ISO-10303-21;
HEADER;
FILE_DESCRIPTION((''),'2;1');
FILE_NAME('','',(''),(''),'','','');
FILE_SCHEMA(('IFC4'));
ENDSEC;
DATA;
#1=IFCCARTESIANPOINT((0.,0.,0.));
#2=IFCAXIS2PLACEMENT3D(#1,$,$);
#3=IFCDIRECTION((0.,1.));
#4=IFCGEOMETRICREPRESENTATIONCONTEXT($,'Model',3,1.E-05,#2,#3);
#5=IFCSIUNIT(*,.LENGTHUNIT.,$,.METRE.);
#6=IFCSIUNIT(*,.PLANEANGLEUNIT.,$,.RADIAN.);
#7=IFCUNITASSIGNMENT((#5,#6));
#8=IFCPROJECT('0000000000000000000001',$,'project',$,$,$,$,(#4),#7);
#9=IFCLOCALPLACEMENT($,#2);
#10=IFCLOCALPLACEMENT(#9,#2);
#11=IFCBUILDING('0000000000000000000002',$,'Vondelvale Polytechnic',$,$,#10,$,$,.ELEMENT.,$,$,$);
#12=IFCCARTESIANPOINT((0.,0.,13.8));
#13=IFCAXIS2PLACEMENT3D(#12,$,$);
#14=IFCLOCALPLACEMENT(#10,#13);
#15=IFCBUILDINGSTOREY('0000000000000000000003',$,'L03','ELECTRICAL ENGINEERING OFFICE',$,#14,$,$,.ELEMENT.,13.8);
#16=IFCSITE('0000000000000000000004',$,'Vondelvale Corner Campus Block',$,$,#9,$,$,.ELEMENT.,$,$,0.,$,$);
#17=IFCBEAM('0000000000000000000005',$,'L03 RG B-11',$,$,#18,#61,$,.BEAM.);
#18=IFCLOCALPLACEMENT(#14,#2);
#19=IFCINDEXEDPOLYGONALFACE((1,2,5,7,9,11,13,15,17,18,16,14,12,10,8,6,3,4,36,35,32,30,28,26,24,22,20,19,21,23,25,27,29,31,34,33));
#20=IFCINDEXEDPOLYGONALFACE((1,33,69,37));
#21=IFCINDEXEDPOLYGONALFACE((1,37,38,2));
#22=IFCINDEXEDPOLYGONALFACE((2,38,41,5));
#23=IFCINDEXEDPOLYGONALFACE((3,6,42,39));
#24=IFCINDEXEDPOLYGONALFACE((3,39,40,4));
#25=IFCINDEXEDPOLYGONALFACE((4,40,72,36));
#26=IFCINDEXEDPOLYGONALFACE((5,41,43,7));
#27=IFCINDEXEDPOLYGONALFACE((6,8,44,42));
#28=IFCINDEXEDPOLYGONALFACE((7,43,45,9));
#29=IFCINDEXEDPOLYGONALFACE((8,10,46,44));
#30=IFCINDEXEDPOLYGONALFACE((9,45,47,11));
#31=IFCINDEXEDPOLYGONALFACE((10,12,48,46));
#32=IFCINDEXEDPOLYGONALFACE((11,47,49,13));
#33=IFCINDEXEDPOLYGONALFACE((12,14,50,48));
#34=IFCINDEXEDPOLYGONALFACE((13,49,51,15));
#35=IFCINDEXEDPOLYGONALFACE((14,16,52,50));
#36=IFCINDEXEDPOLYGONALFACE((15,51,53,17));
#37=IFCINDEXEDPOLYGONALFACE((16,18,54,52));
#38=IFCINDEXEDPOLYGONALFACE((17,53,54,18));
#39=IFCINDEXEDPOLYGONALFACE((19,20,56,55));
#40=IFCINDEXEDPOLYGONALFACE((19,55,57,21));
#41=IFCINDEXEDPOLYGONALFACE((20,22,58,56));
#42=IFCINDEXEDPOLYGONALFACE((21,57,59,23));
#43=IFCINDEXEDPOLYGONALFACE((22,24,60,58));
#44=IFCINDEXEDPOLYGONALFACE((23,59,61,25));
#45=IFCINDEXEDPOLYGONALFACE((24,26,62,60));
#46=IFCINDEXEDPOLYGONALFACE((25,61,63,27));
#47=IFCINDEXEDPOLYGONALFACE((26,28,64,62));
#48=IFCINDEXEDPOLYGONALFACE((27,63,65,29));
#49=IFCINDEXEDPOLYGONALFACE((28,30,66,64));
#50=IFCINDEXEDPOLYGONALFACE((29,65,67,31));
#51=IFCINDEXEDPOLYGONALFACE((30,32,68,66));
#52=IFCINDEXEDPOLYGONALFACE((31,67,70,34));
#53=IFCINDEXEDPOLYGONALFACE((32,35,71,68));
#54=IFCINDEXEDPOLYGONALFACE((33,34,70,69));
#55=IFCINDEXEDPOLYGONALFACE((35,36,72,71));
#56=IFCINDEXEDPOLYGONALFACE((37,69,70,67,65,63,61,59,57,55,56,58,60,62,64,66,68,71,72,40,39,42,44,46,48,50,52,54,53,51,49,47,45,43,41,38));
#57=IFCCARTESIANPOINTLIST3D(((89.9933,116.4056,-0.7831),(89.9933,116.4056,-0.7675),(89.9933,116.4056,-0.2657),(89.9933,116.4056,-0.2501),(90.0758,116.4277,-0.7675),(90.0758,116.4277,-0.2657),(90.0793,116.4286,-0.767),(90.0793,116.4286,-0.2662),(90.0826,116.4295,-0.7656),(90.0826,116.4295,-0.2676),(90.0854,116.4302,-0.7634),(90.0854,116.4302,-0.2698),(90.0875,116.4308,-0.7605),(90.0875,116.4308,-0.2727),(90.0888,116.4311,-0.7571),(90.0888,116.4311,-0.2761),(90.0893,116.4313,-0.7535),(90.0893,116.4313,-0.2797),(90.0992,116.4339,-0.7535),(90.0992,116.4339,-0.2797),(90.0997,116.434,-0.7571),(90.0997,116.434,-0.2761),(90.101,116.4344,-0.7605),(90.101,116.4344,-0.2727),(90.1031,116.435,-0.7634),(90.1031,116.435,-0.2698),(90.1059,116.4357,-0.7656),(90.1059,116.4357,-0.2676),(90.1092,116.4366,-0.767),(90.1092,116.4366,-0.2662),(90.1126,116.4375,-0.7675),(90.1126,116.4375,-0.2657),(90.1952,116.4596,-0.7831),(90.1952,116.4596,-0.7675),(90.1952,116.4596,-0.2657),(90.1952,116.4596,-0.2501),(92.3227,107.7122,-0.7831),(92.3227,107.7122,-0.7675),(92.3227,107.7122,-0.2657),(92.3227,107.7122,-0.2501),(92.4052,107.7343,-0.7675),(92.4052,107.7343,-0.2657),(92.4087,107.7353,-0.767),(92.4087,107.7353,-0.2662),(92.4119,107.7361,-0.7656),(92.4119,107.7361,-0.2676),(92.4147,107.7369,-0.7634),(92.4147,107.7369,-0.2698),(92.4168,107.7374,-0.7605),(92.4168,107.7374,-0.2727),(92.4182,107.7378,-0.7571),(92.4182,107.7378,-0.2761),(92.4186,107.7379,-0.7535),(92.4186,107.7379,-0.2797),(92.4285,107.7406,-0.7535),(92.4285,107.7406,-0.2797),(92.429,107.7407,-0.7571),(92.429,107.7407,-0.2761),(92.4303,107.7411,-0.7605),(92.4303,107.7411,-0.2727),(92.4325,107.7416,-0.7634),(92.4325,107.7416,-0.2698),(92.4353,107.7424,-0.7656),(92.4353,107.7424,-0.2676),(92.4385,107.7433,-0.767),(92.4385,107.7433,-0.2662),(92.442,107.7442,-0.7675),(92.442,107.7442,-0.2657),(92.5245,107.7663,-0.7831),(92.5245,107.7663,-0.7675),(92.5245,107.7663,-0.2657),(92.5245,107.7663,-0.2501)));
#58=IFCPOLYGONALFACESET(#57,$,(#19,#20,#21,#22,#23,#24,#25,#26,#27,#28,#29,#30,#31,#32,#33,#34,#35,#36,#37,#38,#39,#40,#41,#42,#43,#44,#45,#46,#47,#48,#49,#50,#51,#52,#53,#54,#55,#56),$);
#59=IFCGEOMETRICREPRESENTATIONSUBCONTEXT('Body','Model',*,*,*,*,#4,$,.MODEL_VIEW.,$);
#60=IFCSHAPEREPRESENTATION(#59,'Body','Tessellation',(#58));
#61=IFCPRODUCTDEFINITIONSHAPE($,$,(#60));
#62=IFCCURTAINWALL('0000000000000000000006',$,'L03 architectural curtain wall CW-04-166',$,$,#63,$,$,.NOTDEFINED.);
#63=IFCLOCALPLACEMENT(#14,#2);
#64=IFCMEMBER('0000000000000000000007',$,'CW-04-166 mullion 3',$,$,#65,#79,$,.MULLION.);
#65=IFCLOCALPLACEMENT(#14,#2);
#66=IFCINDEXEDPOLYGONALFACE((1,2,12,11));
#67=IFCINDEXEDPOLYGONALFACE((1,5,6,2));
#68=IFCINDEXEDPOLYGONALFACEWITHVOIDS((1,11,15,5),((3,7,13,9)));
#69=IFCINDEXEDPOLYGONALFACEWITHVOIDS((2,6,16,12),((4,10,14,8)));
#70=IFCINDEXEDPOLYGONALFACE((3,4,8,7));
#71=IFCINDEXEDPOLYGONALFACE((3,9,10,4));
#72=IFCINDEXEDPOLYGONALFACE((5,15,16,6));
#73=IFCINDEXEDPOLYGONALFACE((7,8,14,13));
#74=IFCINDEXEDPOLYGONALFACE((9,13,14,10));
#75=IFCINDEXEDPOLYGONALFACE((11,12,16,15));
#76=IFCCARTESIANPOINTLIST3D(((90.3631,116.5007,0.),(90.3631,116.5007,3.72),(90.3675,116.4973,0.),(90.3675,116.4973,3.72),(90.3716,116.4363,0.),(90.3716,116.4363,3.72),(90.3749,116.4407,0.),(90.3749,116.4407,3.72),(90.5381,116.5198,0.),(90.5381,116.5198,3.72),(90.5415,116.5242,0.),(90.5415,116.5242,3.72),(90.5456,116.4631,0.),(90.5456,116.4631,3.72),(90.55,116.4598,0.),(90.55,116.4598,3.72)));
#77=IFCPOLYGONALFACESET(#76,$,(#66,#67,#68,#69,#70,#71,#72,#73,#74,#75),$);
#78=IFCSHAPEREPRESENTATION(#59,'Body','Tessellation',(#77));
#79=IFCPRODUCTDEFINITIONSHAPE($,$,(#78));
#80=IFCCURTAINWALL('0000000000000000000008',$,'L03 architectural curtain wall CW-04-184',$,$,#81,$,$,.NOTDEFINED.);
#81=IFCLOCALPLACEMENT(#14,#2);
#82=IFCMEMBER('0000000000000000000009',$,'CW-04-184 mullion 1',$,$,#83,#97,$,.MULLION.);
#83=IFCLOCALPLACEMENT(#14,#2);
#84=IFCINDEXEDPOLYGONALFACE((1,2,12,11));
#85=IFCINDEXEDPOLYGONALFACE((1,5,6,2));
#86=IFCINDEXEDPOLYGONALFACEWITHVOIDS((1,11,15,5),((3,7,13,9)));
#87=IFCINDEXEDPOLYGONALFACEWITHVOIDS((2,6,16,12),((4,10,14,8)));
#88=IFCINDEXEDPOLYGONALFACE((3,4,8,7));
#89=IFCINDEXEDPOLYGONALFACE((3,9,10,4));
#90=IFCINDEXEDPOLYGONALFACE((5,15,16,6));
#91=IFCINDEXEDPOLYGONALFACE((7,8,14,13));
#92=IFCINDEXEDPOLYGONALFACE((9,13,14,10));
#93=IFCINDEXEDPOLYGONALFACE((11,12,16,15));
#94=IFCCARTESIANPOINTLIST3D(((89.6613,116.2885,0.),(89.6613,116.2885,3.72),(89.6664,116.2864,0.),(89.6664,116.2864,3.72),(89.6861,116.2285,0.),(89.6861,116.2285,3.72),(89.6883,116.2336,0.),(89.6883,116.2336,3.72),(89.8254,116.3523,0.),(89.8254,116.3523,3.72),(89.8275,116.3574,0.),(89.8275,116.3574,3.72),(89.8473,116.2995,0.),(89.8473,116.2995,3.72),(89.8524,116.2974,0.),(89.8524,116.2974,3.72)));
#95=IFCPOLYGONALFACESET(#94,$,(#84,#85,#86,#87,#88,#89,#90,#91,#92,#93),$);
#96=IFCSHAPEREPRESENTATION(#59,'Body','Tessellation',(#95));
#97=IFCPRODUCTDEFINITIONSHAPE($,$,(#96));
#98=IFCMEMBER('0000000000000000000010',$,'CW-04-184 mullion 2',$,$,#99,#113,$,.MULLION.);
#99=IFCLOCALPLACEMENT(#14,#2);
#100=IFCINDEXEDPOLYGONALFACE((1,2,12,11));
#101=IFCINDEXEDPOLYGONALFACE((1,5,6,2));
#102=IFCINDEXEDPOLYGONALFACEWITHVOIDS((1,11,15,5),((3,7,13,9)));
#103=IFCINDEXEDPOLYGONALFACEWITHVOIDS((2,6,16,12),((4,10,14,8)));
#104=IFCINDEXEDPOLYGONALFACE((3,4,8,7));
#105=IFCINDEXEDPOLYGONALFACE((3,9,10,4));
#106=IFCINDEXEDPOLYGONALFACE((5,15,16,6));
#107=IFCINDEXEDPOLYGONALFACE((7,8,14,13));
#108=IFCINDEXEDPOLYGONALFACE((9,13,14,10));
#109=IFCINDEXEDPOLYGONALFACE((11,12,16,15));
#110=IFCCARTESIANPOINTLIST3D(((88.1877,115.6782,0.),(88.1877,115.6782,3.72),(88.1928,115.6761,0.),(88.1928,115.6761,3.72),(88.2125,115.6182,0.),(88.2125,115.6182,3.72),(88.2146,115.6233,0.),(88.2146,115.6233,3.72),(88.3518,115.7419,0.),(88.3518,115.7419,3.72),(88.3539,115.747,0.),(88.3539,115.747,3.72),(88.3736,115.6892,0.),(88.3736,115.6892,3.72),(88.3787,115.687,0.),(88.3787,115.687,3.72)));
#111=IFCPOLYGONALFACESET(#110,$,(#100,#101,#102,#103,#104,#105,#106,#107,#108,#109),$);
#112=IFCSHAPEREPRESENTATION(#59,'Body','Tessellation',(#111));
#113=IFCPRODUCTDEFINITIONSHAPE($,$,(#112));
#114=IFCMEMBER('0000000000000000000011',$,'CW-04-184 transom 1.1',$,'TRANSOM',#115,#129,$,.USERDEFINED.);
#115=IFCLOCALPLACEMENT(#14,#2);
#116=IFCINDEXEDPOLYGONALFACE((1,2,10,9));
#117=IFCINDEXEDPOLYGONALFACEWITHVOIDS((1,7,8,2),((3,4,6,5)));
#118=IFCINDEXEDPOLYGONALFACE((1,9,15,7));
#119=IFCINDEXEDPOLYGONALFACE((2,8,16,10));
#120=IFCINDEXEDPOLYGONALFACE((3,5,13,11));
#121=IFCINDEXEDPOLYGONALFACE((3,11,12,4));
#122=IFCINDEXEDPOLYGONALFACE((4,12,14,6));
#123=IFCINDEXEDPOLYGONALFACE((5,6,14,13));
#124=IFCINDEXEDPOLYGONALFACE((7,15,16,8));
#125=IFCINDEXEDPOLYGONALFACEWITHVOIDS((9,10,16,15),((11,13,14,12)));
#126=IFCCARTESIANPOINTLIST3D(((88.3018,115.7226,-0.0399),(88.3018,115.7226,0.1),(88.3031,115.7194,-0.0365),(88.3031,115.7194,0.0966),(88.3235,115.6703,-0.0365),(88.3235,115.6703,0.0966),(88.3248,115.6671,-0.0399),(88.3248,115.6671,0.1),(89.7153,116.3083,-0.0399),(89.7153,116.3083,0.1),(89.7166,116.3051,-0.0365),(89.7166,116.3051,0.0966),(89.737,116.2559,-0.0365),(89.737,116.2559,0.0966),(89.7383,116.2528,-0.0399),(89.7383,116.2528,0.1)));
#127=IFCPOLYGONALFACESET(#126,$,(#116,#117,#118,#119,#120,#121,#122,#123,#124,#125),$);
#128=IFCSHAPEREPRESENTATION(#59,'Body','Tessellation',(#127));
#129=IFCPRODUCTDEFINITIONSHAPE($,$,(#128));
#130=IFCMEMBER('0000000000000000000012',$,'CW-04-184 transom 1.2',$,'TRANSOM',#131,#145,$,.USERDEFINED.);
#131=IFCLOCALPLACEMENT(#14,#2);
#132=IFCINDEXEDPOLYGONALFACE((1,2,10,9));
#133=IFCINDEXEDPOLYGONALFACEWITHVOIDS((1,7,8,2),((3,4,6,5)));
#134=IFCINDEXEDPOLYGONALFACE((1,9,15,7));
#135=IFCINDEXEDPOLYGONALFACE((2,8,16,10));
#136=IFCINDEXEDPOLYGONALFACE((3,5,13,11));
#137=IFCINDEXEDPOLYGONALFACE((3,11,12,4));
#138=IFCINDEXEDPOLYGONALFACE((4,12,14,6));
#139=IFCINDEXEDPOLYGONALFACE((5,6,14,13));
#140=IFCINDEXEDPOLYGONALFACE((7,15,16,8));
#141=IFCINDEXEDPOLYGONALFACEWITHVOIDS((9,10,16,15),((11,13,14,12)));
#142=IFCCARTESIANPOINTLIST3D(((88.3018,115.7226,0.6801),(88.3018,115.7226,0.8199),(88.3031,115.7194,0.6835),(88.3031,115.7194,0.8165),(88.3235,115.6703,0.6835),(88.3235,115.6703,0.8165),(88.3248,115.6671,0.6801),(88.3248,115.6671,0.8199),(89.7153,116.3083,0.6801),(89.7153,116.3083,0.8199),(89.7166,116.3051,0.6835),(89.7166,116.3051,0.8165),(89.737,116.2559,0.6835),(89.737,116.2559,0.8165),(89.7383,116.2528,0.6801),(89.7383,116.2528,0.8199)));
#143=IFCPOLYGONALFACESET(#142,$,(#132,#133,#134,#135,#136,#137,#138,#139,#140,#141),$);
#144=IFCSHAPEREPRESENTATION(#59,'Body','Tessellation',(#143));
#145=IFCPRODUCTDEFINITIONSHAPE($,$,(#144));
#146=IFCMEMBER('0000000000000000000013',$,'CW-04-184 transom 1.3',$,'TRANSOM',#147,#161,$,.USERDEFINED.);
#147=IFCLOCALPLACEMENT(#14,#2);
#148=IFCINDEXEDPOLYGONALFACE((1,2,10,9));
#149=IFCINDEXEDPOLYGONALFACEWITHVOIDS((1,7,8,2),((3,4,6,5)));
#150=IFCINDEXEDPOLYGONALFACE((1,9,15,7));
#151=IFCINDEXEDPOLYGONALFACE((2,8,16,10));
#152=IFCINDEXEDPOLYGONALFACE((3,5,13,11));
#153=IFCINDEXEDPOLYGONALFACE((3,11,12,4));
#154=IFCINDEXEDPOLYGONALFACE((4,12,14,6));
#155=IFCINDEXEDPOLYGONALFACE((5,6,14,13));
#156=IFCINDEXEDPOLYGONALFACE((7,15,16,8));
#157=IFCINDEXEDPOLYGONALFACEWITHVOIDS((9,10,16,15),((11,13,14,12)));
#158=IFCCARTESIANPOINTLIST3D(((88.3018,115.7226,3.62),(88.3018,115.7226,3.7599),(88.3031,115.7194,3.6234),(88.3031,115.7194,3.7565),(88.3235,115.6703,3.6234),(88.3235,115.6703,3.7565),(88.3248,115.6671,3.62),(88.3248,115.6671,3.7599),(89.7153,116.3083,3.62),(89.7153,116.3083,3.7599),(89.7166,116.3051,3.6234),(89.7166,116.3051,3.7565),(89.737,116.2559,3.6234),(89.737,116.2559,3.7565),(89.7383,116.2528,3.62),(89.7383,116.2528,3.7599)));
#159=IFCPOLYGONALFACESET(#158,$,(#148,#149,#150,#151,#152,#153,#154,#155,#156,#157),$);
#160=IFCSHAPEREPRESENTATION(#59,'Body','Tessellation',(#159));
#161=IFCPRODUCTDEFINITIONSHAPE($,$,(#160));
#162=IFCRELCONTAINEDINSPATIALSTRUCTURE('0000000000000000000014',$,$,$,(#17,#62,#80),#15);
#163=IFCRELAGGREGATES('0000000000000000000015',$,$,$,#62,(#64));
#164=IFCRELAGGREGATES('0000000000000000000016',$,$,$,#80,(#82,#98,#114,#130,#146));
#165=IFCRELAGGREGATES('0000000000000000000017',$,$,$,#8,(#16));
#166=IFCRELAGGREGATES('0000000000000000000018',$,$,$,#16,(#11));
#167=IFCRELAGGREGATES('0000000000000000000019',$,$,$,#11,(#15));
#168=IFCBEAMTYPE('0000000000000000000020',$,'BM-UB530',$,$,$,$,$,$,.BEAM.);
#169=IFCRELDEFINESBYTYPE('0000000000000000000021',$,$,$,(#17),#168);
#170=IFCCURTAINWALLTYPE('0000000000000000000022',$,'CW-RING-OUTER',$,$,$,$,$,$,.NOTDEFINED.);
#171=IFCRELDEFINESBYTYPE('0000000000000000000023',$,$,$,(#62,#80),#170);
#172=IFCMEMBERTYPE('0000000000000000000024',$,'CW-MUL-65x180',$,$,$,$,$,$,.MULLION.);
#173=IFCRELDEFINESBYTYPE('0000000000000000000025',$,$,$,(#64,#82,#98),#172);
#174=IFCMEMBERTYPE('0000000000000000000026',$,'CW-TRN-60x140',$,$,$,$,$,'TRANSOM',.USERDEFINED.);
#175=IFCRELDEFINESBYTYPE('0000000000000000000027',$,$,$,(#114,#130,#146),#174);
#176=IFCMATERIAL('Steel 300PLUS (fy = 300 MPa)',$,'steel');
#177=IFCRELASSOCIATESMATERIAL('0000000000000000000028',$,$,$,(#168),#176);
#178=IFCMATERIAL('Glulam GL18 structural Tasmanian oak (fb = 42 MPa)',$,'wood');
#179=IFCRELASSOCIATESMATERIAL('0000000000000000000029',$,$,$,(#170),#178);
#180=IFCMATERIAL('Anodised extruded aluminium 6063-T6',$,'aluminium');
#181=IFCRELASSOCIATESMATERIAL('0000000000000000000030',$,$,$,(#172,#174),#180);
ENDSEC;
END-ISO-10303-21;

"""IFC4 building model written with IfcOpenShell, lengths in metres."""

from ifc_helpers import new_model, si_unit, direction, frame, origin, origin_2d, place, context, subcontext, project, spatial, hollow_rectangle, i_section, extrude, material, material_profile, profile_set, type_object, element, aggregate, save


model = new_model("IFC4")

# Units and contexts
model_context = context("Model", 3, precision=1e-05, world=origin(), true_north=direction((0.0, 1.0)))
body_context = subcontext(model_context, "Body", "Model", "MODEL_VIEW")
ifc_project = project(units=[si_unit("LENGTHUNIT", "METRE"), si_unit("PLANEANGLEUNIT", "RADIAN")], contexts=[model_context])

# Site, building, storey
site_placement = place(None, origin())
site = spatial("IfcSite", under=ifc_project, at=site_placement, Name="Vondelvale Corner Campus Block", CompositionType="ELEMENT", RefElevation=0.0)
building_placement = place(site_placement, origin())
building = spatial("IfcBuilding", under=site, at=building_placement, Name="Vondelvale Polytechnic", CompositionType="ELEMENT")
storey_placement = place(building_placement, frame((0.0, 0.0, 13.8)))
storey = spatial("IfcBuildingStorey", under=building, at=storey_placement, Name="L03", Description="ELECTRICAL ENGINEERING OFFICE", CompositionType="ELEMENT", Elevation=13.8)

# Shared definitions
ifc_material_1 = material(Name="Steel 300PLUS (fy = 300 MPa)", Category="steel")

# Beam
ifc_material_profile_1 = material_profile(ifc_material_1, i_section(OverallWidth=0.209, OverallDepth=0.533, WebThickness=0.0103, FlangeThickness=0.0156, FilletRadius=0.0139, at=origin_2d()), Name="530UB92.4")
ifc_profile_set_1 = profile_set([ifc_material_profile_1], Name="Steel 300PLUS (fy = 300 MPa)")
beam_type_1 = type_object("IfcBeamType", Name="BM-UB530", PredefinedType="BEAM", material=ifc_profile_set_1)
beam_1_placement = place(storey_placement, frame((92.4236, 107.7393, -0.5166), z_axis=(-0.258816, 0.965927, 0.0), x_axis=(-0.965927, -0.258816, 0.0)))
element("IfcBeam", 1, at=beam_1_placement, inside=storey, type_object=beam_type_1, Name="L03 RG B-11", PredefinedType="BEAM", context=body_context, shape_type="SweptSolid", body=[
    extrude(i_section(OverallWidth=0.209, OverallDepth=0.533, WebThickness=0.0103, FlangeThickness=0.0156, FilletRadius=0.0139, at=origin_2d()), origin(), (0.0, 0.0, 1.0), 9.0),
])

# Curtain wall, member
ifc_material_2 = material(Name="Glulam GL18 structural Tasmanian oak (fb = 42 MPa)", Category="wood")
curtain_wall_type = type_object("IfcCurtainWallType", Name="CW-RING-OUTER", PredefinedType="NOTDEFINED", material=ifc_material_2)
curtain_wall_1_placement = place(storey_placement, origin())
curtain_wall_1 = element("IfcCurtainWall", 2, at=curtain_wall_1_placement, inside=storey, type_object=curtain_wall_type, Name="L03 architectural curtain wall CW-04-166", PredefinedType="NOTDEFINED")
ifc_material_3 = material(Name="Anodised extruded aluminium 6063-T6", Category="aluminium")
ifc_material_profile_2 = material_profile(ifc_material_3, hollow_rectangle(XDim=0.0649, YDim=0.1799, WallThickness=0.0039, at=origin_2d()), Name="CW-MUL-180x65")
ifc_profile_set_2 = profile_set([ifc_material_profile_2], Name="Anodised extruded aluminium 6063-T6")
member_type_1 = type_object("IfcMemberType", Name="CW-MUL-65x180", PredefinedType="MULLION", material=ifc_profile_set_2)
member_1_placement = place(storey_placement, frame((90.4565, 116.4802, 0.0), z_axis=(0.0, 0.0, 1.0), x_axis=(0.13054, -0.991443, 0.0)))
member_1 = element("IfcMember", 3, at=member_1_placement, type_object=member_type_1, Name="CW-04-166 mullion 3", PredefinedType="MULLION", context=body_context, shape_type="SweptSolid", body=[
    extrude(hollow_rectangle(XDim=0.0649, YDim=0.1799, WallThickness=0.0039, at=origin_2d()), origin(), (0.0, 0.0, 1.0), 3.72),
])

# Curtain wall, members
curtain_wall_2_placement = place(storey_placement, origin())
curtain_wall_2 = element("IfcCurtainWall", 4, at=curtain_wall_2_placement, inside=storey, type_object=curtain_wall_type, Name="L03 architectural curtain wall CW-04-184", PredefinedType="NOTDEFINED")
member_2_placement = place(storey_placement, frame((89.7568, 116.293, 0.0), z_axis=(0.0, 0.0, 1.0), x_axis=(0.382677, -0.923882, 0.0)))
member_2 = element("IfcMember", 5, at=member_2_placement, type_object=member_type_1, Name="CW-04-184 mullion 1", PredefinedType="MULLION", context=body_context, shape_type="SweptSolid", body=[
    extrude(hollow_rectangle(XDim=0.0649, YDim=0.1799, WallThickness=0.0039, at=origin_2d()), origin(), (0.0, 0.0, 1.0), 3.72),
])
member_3_placement = place(storey_placement, frame((88.2832, 115.6826, 0.0), z_axis=(0.0, 0.0, 1.0), x_axis=(0.382677, -0.923882, 0.0)))
member_3 = element("IfcMember", 6, at=member_3_placement, type_object=member_type_1, Name="CW-04-184 mullion 2", PredefinedType="MULLION", context=body_context, shape_type="SweptSolid", body=[
    extrude(hollow_rectangle(XDim=0.0649, YDim=0.1799, WallThickness=0.0039, at=origin_2d()), origin(), (0.0, 0.0, 1.0), 3.72),
])
ifc_material_profile_3 = material_profile(ifc_material_3, hollow_rectangle(XDim=0.0601, YDim=0.1399, WallThickness=0.0034, at=origin_2d()), Name="CW-TRN-140x60")
ifc_profile_set_3 = profile_set([ifc_material_profile_3], Name="Anodised extruded aluminium 6063-T6")
member_type_2 = type_object("IfcMemberType", Name="CW-TRN-60x140", ElementType="TRANSOM", PredefinedType="USERDEFINED", material=ifc_profile_set_3)
member_4_placement = place(storey_placement, frame((89.7268, 116.2805, 0.03), z_axis=(-0.92384, -0.382779, 0.0), x_axis=(0.382779, -0.92384, 0.0)))
member_4 = element("IfcMember", 7, at=member_4_placement, type_object=member_type_2, Name="CW-04-184 transom 1.1", ObjectType="TRANSOM", PredefinedType="USERDEFINED", context=body_context, shape_type="SweptSolid", body=[
    extrude(hollow_rectangle(XDim=0.0601, YDim=0.1399, WallThickness=0.0034, at=origin_2d()), origin(), (0.0, 0.0, 1.0), 1.53),
])
member_5_placement = place(storey_placement, frame((89.7268, 116.2805, 0.75), z_axis=(-0.92384, -0.382779, 0.0), x_axis=(0.382779, -0.92384, 0.0)))
member_5 = element("IfcMember", 8, at=member_5_placement, type_object=member_type_2, Name="CW-04-184 transom 1.2", ObjectType="TRANSOM", PredefinedType="USERDEFINED", context=body_context, shape_type="SweptSolid", body=[
    extrude(hollow_rectangle(XDim=0.0601, YDim=0.1399, WallThickness=0.0034, at=origin_2d()), origin(), (0.0, 0.0, 1.0), 1.53),
])
member_6_placement = place(storey_placement, frame((89.7268, 116.2805, 3.6899), z_axis=(-0.92384, -0.382779, 0.0), x_axis=(0.382779, -0.92384, 0.0)))
member_6 = element("IfcMember", 9, at=member_6_placement, type_object=member_type_2, Name="CW-04-184 transom 1.3", ObjectType="TRANSOM", PredefinedType="USERDEFINED", context=body_context, shape_type="SweptSolid", body=[
    extrude(hollow_rectangle(XDim=0.0601, YDim=0.1399, WallThickness=0.0034, at=origin_2d()), origin(), (0.0, 0.0, 1.0), 1.53),
])

aggregate(curtain_wall_1, [member_1])
aggregate(curtain_wall_2, [member_2, member_3, member_4, member_5, member_6])

save(model, "model.ifc")
